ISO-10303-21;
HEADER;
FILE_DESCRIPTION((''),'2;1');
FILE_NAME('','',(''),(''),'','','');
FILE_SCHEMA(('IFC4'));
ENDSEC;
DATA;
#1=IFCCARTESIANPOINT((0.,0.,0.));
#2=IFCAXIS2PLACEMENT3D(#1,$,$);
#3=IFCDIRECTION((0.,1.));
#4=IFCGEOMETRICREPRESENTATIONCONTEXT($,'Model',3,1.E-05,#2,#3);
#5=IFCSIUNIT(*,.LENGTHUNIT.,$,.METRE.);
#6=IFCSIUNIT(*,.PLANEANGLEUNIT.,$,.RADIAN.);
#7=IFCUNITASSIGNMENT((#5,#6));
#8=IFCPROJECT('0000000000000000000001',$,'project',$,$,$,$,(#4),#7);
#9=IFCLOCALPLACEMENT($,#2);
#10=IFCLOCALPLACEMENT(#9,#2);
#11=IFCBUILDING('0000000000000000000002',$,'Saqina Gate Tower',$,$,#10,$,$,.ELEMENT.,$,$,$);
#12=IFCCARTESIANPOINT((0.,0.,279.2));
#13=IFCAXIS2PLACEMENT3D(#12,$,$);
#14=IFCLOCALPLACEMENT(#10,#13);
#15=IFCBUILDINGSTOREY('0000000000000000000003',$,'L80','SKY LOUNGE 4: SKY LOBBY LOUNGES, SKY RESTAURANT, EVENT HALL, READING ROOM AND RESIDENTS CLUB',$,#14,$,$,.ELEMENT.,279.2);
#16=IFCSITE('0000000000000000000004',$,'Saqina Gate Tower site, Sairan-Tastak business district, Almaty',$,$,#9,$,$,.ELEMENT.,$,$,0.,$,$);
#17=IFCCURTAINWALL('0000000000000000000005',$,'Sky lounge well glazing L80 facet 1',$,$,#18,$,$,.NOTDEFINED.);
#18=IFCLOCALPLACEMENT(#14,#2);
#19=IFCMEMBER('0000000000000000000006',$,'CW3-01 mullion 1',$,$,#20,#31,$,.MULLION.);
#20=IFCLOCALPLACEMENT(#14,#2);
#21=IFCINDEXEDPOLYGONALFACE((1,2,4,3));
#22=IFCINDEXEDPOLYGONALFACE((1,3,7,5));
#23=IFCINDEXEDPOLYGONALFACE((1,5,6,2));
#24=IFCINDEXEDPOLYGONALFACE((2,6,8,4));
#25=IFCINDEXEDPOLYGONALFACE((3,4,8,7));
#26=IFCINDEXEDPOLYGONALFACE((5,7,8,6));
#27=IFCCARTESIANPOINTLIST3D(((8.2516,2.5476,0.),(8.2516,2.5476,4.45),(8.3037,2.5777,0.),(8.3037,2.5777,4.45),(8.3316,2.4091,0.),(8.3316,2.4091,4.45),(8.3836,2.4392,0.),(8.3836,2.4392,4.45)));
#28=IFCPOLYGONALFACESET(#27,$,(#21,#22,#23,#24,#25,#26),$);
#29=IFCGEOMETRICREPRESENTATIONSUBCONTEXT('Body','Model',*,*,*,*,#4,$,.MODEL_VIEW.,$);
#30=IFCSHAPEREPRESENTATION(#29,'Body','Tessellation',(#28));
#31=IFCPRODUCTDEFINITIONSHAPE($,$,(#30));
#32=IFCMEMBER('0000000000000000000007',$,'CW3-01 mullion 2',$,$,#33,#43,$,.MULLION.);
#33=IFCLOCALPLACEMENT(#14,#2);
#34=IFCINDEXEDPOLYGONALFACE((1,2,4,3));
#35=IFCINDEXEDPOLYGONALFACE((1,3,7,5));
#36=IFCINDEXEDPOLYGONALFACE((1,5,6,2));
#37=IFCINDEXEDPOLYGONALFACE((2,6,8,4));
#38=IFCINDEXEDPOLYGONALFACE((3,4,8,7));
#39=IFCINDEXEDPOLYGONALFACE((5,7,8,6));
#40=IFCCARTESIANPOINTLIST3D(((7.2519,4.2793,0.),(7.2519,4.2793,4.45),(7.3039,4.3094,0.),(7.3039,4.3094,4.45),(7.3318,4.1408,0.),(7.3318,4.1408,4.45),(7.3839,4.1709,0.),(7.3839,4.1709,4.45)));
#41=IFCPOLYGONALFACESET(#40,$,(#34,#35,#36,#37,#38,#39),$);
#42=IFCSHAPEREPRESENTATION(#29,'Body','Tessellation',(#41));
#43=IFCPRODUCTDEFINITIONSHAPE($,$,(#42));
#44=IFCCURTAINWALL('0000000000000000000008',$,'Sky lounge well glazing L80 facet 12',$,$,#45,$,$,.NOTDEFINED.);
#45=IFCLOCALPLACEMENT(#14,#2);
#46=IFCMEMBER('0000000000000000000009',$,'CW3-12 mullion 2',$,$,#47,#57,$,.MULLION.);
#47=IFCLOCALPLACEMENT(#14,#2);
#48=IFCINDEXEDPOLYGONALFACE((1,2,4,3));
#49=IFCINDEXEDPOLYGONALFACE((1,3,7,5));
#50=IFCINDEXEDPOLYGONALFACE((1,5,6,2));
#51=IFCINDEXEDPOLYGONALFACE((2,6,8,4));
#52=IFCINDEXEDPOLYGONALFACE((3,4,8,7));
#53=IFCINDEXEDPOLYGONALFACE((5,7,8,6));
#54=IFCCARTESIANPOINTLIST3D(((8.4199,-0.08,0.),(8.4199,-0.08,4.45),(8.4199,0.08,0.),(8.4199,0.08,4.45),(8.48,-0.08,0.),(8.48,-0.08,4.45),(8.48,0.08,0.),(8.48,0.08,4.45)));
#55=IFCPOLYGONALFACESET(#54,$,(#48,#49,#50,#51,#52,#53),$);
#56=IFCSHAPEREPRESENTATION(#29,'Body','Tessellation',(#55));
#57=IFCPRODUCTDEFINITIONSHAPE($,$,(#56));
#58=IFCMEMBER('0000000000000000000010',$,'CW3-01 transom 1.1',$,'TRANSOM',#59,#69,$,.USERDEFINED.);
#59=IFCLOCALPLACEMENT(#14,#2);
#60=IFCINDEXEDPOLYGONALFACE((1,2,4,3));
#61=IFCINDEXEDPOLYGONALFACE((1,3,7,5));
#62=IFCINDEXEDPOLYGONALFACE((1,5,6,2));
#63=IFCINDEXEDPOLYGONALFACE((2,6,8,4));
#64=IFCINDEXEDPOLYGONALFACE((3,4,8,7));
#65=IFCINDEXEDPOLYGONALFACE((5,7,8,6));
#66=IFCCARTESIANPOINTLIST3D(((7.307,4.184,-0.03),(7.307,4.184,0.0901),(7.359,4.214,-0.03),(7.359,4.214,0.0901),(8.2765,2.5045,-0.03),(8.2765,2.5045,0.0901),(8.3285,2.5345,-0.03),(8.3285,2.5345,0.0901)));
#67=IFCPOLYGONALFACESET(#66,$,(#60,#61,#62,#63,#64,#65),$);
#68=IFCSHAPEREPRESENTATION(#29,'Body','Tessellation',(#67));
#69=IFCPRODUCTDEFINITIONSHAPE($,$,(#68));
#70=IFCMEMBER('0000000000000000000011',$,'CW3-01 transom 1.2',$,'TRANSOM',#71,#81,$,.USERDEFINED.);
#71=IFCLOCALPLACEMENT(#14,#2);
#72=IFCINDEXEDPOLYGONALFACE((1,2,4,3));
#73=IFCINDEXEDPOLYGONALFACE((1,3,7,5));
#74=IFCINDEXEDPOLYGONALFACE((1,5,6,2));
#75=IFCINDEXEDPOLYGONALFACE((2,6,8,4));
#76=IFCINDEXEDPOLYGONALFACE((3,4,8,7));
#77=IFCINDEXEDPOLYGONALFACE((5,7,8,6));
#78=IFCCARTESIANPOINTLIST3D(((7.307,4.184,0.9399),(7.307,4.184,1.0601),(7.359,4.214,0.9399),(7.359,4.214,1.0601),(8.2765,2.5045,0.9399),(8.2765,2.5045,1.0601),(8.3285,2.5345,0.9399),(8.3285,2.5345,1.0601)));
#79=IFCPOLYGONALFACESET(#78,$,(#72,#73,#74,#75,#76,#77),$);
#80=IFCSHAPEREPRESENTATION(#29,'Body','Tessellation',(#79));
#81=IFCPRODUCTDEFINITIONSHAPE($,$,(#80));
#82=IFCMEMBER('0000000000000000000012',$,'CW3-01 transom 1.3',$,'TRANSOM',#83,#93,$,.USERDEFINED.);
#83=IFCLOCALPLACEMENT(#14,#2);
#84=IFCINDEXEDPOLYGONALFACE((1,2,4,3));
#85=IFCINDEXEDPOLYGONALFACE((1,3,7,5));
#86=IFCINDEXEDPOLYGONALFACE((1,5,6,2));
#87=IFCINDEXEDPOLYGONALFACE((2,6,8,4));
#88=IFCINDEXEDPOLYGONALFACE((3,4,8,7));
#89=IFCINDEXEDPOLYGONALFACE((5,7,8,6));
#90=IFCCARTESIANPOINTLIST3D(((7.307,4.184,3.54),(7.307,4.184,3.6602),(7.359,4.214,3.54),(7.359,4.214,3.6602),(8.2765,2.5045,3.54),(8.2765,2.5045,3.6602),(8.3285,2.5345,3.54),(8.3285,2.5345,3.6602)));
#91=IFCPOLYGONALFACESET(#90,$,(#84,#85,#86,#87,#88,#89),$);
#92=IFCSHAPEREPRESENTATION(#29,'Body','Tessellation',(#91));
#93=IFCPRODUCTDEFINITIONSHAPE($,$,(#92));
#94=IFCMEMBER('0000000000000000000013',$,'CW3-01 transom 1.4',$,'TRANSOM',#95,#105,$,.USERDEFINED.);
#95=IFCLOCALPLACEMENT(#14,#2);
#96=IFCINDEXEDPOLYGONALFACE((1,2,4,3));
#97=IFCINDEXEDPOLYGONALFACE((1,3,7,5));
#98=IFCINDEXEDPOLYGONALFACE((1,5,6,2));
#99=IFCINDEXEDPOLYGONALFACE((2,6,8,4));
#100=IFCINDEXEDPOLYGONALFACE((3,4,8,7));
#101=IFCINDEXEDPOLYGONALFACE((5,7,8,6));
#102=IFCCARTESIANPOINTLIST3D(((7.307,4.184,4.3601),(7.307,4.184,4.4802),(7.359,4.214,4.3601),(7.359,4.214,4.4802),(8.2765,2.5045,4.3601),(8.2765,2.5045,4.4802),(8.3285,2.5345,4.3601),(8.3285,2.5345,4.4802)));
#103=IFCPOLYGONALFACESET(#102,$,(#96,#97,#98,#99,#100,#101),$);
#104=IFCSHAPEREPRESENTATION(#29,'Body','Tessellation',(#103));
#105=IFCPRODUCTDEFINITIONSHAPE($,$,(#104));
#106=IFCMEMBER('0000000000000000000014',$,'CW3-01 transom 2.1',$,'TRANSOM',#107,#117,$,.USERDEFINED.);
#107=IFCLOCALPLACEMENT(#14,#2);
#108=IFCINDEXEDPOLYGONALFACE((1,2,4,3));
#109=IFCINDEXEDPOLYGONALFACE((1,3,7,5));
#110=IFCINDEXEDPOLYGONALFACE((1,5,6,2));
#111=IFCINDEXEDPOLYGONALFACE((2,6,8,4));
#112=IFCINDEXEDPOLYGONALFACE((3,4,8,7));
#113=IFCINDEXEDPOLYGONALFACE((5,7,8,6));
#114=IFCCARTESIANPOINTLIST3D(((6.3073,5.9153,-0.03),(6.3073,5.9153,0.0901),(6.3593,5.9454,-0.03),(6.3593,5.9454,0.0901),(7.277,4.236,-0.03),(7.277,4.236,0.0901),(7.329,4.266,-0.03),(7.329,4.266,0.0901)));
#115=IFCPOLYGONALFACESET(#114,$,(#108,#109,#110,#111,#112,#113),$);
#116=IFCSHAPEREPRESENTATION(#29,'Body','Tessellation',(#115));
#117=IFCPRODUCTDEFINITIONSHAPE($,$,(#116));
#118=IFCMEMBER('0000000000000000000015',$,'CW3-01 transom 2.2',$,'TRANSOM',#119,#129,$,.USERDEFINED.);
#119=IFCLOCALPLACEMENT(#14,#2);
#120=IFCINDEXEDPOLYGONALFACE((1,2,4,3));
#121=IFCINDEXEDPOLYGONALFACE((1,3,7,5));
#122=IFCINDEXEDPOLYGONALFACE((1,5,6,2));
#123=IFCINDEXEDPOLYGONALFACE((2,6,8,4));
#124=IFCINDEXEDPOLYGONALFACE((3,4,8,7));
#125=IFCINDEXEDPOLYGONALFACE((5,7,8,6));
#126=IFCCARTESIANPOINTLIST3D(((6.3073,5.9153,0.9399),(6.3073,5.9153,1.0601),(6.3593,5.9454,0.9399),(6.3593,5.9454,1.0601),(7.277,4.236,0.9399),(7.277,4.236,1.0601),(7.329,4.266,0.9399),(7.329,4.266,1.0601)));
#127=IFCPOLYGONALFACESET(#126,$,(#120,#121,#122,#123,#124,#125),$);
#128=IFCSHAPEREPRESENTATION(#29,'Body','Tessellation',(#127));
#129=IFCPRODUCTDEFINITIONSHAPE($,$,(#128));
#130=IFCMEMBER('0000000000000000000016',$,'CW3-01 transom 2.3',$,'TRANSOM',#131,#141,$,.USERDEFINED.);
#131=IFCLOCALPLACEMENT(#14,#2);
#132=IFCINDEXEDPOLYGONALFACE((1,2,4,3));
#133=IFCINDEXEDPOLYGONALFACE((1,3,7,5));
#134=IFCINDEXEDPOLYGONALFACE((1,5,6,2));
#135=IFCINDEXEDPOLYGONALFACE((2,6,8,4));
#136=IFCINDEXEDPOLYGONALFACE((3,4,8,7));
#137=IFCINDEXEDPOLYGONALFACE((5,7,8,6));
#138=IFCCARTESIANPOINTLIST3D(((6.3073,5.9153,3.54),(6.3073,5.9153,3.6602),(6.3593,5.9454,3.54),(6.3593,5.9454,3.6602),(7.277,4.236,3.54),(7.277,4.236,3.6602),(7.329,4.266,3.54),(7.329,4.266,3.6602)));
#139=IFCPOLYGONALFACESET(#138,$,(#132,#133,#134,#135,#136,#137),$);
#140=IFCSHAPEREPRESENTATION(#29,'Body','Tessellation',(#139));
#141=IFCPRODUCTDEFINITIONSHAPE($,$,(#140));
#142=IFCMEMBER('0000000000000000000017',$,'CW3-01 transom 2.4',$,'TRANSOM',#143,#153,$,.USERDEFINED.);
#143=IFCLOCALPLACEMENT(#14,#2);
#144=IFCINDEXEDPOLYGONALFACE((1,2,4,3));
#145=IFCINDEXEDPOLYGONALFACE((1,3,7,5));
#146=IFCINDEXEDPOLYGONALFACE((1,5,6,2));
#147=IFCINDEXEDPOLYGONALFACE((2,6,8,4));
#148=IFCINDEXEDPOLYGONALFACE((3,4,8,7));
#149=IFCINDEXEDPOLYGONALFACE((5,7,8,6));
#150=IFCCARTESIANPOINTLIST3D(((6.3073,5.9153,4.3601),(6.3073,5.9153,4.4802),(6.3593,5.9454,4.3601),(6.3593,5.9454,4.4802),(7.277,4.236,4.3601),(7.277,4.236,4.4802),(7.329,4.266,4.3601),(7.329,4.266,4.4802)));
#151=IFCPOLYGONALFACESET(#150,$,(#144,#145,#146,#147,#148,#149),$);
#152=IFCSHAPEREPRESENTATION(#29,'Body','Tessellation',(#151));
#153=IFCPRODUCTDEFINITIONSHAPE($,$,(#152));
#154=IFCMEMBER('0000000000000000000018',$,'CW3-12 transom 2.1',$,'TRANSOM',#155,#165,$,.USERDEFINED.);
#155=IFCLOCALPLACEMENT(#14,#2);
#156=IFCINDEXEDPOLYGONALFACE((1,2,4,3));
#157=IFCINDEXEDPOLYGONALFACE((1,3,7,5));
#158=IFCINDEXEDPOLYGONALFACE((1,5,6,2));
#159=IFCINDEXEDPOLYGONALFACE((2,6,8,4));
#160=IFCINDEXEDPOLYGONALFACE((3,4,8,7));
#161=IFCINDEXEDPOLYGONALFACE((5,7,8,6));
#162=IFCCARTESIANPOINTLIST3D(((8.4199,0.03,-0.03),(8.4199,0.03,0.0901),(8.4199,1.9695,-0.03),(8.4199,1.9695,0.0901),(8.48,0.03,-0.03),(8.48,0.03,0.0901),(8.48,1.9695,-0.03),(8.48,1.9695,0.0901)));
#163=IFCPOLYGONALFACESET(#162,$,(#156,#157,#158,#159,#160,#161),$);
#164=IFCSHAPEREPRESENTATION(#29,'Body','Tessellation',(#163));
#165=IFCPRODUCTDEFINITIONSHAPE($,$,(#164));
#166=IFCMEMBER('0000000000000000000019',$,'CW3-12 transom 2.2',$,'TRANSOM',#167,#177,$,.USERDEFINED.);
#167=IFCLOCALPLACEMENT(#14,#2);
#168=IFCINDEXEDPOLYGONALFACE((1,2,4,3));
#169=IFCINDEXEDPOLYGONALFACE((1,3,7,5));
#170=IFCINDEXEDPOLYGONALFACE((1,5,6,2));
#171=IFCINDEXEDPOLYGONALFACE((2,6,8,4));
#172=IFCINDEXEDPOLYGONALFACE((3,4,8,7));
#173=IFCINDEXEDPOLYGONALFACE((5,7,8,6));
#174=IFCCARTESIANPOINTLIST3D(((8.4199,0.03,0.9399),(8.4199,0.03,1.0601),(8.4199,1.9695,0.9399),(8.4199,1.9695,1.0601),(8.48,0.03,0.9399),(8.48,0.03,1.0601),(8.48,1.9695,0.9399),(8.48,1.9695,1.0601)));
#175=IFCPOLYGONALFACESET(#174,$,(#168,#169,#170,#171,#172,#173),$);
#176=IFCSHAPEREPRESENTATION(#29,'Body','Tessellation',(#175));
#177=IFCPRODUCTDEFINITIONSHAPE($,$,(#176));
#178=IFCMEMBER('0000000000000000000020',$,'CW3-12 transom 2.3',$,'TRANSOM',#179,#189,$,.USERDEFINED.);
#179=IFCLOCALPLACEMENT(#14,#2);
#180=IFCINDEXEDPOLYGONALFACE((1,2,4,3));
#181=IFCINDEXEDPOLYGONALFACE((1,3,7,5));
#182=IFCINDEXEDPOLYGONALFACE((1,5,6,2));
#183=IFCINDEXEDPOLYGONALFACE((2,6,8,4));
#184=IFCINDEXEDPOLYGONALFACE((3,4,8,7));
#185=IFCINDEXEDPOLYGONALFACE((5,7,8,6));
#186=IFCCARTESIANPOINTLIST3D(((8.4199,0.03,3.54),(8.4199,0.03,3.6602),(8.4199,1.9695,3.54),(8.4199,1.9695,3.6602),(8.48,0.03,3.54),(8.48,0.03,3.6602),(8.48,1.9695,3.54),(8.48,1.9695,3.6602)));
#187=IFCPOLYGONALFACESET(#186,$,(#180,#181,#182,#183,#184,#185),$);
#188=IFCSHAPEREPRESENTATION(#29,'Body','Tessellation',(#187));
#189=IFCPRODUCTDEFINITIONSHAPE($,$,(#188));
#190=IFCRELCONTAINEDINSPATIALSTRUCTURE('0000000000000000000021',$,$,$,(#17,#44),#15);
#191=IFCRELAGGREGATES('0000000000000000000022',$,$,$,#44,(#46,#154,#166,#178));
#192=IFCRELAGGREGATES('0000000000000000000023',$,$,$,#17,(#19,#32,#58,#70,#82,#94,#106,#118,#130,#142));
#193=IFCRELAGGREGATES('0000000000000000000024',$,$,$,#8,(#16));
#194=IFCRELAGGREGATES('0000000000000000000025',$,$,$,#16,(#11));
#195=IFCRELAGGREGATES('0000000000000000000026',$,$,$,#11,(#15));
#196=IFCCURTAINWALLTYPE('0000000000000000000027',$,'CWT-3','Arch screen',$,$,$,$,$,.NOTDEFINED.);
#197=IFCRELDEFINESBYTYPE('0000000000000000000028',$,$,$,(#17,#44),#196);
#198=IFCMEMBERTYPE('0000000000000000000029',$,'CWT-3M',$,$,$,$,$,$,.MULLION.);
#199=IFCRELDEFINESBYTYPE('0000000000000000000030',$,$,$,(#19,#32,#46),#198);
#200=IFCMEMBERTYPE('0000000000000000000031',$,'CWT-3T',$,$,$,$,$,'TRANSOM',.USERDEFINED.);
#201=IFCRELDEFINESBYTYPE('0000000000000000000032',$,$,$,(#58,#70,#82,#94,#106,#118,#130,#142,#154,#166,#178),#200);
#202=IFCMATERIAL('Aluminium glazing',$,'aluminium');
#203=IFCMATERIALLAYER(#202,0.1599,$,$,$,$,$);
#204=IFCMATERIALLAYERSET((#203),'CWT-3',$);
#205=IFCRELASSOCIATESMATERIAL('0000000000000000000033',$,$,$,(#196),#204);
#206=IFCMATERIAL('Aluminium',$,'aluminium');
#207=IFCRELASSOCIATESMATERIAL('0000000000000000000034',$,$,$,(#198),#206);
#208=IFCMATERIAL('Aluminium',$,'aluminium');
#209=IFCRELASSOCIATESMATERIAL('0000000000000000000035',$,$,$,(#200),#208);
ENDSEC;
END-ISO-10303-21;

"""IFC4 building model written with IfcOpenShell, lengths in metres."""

from ifc_helpers import new_model, si_unit, direction, frame, origin, origin_2d, place, context, subcontext, project, spatial, rectangle, extrude, material, layer, layer_set, material_profile, profile_set, type_object, element, aggregate, save


model = new_model("IFC4")

# Units and contexts
model_context = context("Model", 3, precision=1e-05, world=origin(), true_north=direction((0.0, 1.0)))
body_context = subcontext(model_context, "Body", "Model", "MODEL_VIEW")
ifc_project = project(units=[si_unit("LENGTHUNIT", "METRE"), si_unit("PLANEANGLEUNIT", "RADIAN")], contexts=[model_context])

# Site, building, storey
site_placement = place(None, origin())
site = spatial("IfcSite", under=ifc_project, at=site_placement, Name="Saqina Gate Tower site, Sairan-Tastak business district, Almaty", CompositionType="ELEMENT", RefElevation=0.0)
building_placement = place(site_placement, origin())
building = spatial("IfcBuilding", under=site, at=building_placement, Name="Saqina Gate Tower", CompositionType="ELEMENT")
storey_placement = place(building_placement, frame((0.0, 0.0, 279.2)))
storey = spatial("IfcBuildingStorey", under=building, at=storey_placement, Name="L80", Description="SKY LOUNGE 4: SKY LOBBY LOUNGES, SKY RESTAURANT, EVENT HALL, READING ROOM AND RESIDENTS CLUB", CompositionType="ELEMENT", Elevation=279.2)

# Curtain wall, members
ifc_material_1 = material(Name="Aluminium glazing", Category="aluminium")
ifc_layer_1 = layer(ifc_material_1, 0.1599)
ifc_layer_set_1 = layer_set([ifc_layer_1], Name="CWT-3")
curtain_wall_type = type_object("IfcCurtainWallType", Name="CWT-3", Description="Arch screen", PredefinedType="NOTDEFINED", material=ifc_layer_set_1)
curtain_wall_1_placement = place(storey_placement, origin())
curtain_wall_1 = element("IfcCurtainWall", 1, at=curtain_wall_1_placement, inside=storey, type_object=curtain_wall_type, Name="Sky lounge well glazing L80 facet 1", PredefinedType="NOTDEFINED")
ifc_material_2 = material(Name="Aluminium", Category="aluminium")
ifc_material_profile_1 = material_profile(ifc_material_2, rectangle(XDim=0.0601, YDim=0.1599, at=origin_2d()), Name="Aluminium 60x160")
ifc_profile_set_1 = profile_set([ifc_material_profile_1], Name="Aluminium")
member_type_1 = type_object("IfcMemberType", Name="CWT-3M", PredefinedType="MULLION", material=ifc_profile_set_1)
member_1_placement = place(storey_placement, frame((8.3176, 2.4934, 0.0), z_axis=(0.0, 0.0, 1.0), x_axis=(-0.866024, -0.500003, 0.0)))
member_1 = element("IfcMember", 2, at=member_1_placement, type_object=member_type_1, Name="CW3-01 mullion 1", PredefinedType="MULLION", context=body_context, shape_type="SweptSolid", body=[
    extrude(rectangle(XDim=0.0601, YDim=0.1599, at=origin_2d()), origin(), (0.0, 0.0, 1.0), 4.45),
])
member_2_placement = place(storey_placement, frame((7.3179, 4.2251, 0.0), z_axis=(0.0, 0.0, 1.0), x_axis=(-0.866024, -0.500003, 0.0)))
member_2 = element("IfcMember", 3, at=member_2_placement, type_object=member_type_1, Name="CW3-01 mullion 2", PredefinedType="MULLION", context=body_context, shape_type="SweptSolid", body=[
    extrude(rectangle(XDim=0.0601, YDim=0.1599, at=origin_2d()), origin(), (0.0, 0.0, 1.0), 4.45),
])

# Curtain wall, member
curtain_wall_2_placement = place(storey_placement, origin())
curtain_wall_2 = element("IfcCurtainWall", 4, at=curtain_wall_2_placement, inside=storey, type_object=curtain_wall_type, Name="Sky lounge well glazing L80 facet 12", PredefinedType="NOTDEFINED")
member_3_placement = place(storey_placement, frame((8.45, 0.0, 0.0), z_axis=(0.0, 0.0, 1.0), x_axis=(-1.0, 0.0, 0.0)))
member_3 = element("IfcMember", 5, at=member_3_placement, type_object=member_type_1, Name="CW3-12 mullion 2", PredefinedType="MULLION", context=body_context, shape_type="SweptSolid", body=[
    extrude(rectangle(XDim=0.0601, YDim=0.1599, at=origin_2d()), origin(), (0.0, 0.0, 1.0), 4.45),
])

# Members
ifc_material_3 = material(Name="Aluminium", Category="aluminium")
ifc_material_profile_2 = material_profile(ifc_material_3, rectangle(XDim=0.0601, YDim=0.1201, at=origin_2d()), Name="Aluminium 60x120")
ifc_profile_set_2 = profile_set([ifc_material_profile_2], Name="Aluminium")
member_type_2 = type_object("IfcMemberType", Name="CWT-3T", ElementType="TRANSOM", PredefinedType="USERDEFINED", material=ifc_profile_set_2)
member_4_placement = place(storey_placement, frame((8.3025, 2.5195, 0.03), z_axis=(-0.499944, 0.866058, 0.0), x_axis=(-0.866058, -0.499944, 0.0)))
member_4 = element("IfcMember", 6, at=member_4_placement, type_object=member_type_2, Name="CW3-01 transom 1.1", ObjectType="TRANSOM", PredefinedType="USERDEFINED", context=body_context, shape_type="SweptSolid", body=[
    extrude(rectangle(XDim=0.0601, YDim=0.1201, at=origin_2d()), origin(), (0.0, 0.0, 1.0), 1.9392),
])
member_5_placement = place(storey_placement, frame((8.3025, 2.5195, 1.0), z_axis=(-0.499944, 0.866058, 0.0), x_axis=(-0.866058, -0.499944, 0.0)))
member_5 = element("IfcMember", 7, at=member_5_placement, type_object=member_type_2, Name="CW3-01 transom 1.2", ObjectType="TRANSOM", PredefinedType="USERDEFINED", context=body_context, shape_type="SweptSolid", body=[
    extrude(rectangle(XDim=0.0601, YDim=0.1201, at=origin_2d()), origin(), (0.0, 0.0, 1.0), 1.9392),
])
member_6_placement = place(storey_placement, frame((8.3025, 2.5195, 3.6001), z_axis=(-0.499944, 0.866058, 0.0), x_axis=(-0.866058, -0.499944, 0.0)))
member_6 = element("IfcMember", 8, at=member_6_placement, type_object=member_type_2, Name="CW3-01 transom 1.3", ObjectType="TRANSOM", PredefinedType="USERDEFINED", context=body_context, shape_type="SweptSolid", body=[
    extrude(rectangle(XDim=0.0601, YDim=0.1201, at=origin_2d()), origin(), (0.0, 0.0, 1.0), 1.9392),
])
member_7_placement = place(storey_placement, frame((8.3025, 2.5195, 4.4202), z_axis=(-0.499944, 0.866058, 0.0), x_axis=(-0.866058, -0.499944, 0.0)))
member_7 = element("IfcMember", 9, at=member_7_placement, type_object=member_type_2, Name="CW3-01 transom 1.4", ObjectType="TRANSOM", PredefinedType="USERDEFINED", context=body_context, shape_type="SweptSolid", body=[
    extrude(rectangle(XDim=0.0601, YDim=0.1201, at=origin_2d()), origin(), (0.0, 0.0, 1.0), 1.9392),
])
member_8_placement = place(storey_placement, frame((7.303, 4.251, 0.03), z_axis=(-0.500038, 0.866003, 0.0), x_axis=(-0.866003, -0.500038, 0.0)))
member_8 = element("IfcMember", 10, at=member_8_placement, type_object=member_type_2, Name="CW3-01 transom 2.1", ObjectType="TRANSOM", PredefinedType="USERDEFINED", context=body_context, shape_type="SweptSolid", body=[
    extrude(rectangle(XDim=0.0601, YDim=0.1201, at=origin_2d()), origin(), (0.0, 0.0, 1.0), 1.9392),
])
member_9_placement = place(storey_placement, frame((7.303, 4.251, 1.0), z_axis=(-0.500038, 0.866003, 0.0), x_axis=(-0.866003, -0.500038, 0.0)))
member_9 = element("IfcMember", 11, at=member_9_placement, type_object=member_type_2, Name="CW3-01 transom 2.2", ObjectType="TRANSOM", PredefinedType="USERDEFINED", context=body_context, shape_type="SweptSolid", body=[
    extrude(rectangle(XDim=0.0601, YDim=0.1201, at=origin_2d()), origin(), (0.0, 0.0, 1.0), 1.9392),
])
member_10_placement = place(storey_placement, frame((7.303, 4.251, 3.6001), z_axis=(-0.500038, 0.866003, 0.0), x_axis=(-0.866003, -0.500038, 0.0)))
member_10 = element("IfcMember", 12, at=member_10_placement, type_object=member_type_2, Name="CW3-01 transom 2.3", ObjectType="TRANSOM", PredefinedType="USERDEFINED", context=body_context, shape_type="SweptSolid", body=[
    extrude(rectangle(XDim=0.0601, YDim=0.1201, at=origin_2d()), origin(), (0.0, 0.0, 1.0), 1.9392),
])
member_11_placement = place(storey_placement, frame((7.303, 4.251, 4.4202), z_axis=(-0.500038, 0.866003, 0.0), x_axis=(-0.866003, -0.500038, 0.0)))
member_11 = element("IfcMember", 13, at=member_11_placement, type_object=member_type_2, Name="CW3-01 transom 2.4", ObjectType="TRANSOM", PredefinedType="USERDEFINED", context=body_context, shape_type="SweptSolid", body=[
    extrude(rectangle(XDim=0.0601, YDim=0.1201, at=origin_2d()), origin(), (0.0, 0.0, 1.0), 1.9392),
])
member_12_placement = place(storey_placement, frame((8.45, 0.03, 0.03), z_axis=(0.0, 1.0, 0.0), x_axis=(-1.0, 0.0, 0.0)))
member_12 = element("IfcMember", 14, at=member_12_placement, type_object=member_type_2, Name="CW3-12 transom 2.1", ObjectType="TRANSOM", PredefinedType="USERDEFINED", context=body_context, shape_type="SweptSolid", body=[
    extrude(rectangle(XDim=0.0601, YDim=0.1201, at=origin_2d()), origin(), (0.0, 0.0, 1.0), 1.9395),
])
member_13_placement = place(storey_placement, frame((8.45, 0.03, 1.0), z_axis=(0.0, 1.0, 0.0), x_axis=(-1.0, 0.0, 0.0)))
member_13 = element("IfcMember", 15, at=member_13_placement, type_object=member_type_2, Name="CW3-12 transom 2.2", ObjectType="TRANSOM", PredefinedType="USERDEFINED", context=body_context, shape_type="SweptSolid", body=[
    extrude(rectangle(XDim=0.0601, YDim=0.1201, at=origin_2d()), origin(), (0.0, 0.0, 1.0), 1.9395),
])
member_14_placement = place(storey_placement, frame((8.45, 0.03, 3.6001), z_axis=(0.0, 1.0, 0.0), x_axis=(-1.0, 0.0, 0.0)))
member_14 = element("IfcMember", 16, at=member_14_placement, type_object=member_type_2, Name="CW3-12 transom 2.3", ObjectType="TRANSOM", PredefinedType="USERDEFINED", context=body_context, shape_type="SweptSolid", body=[
    extrude(rectangle(XDim=0.0601, YDim=0.1201, at=origin_2d()), origin(), (0.0, 0.0, 1.0), 1.9395),
])
aggregate(curtain_wall_2, [member_3, member_12, member_13, member_14])

aggregate(curtain_wall_1, [member_1, member_2, member_4, member_5, member_6, member_7, member_8, member_9, member_10, member_11])

save(model, "model.ifc")
